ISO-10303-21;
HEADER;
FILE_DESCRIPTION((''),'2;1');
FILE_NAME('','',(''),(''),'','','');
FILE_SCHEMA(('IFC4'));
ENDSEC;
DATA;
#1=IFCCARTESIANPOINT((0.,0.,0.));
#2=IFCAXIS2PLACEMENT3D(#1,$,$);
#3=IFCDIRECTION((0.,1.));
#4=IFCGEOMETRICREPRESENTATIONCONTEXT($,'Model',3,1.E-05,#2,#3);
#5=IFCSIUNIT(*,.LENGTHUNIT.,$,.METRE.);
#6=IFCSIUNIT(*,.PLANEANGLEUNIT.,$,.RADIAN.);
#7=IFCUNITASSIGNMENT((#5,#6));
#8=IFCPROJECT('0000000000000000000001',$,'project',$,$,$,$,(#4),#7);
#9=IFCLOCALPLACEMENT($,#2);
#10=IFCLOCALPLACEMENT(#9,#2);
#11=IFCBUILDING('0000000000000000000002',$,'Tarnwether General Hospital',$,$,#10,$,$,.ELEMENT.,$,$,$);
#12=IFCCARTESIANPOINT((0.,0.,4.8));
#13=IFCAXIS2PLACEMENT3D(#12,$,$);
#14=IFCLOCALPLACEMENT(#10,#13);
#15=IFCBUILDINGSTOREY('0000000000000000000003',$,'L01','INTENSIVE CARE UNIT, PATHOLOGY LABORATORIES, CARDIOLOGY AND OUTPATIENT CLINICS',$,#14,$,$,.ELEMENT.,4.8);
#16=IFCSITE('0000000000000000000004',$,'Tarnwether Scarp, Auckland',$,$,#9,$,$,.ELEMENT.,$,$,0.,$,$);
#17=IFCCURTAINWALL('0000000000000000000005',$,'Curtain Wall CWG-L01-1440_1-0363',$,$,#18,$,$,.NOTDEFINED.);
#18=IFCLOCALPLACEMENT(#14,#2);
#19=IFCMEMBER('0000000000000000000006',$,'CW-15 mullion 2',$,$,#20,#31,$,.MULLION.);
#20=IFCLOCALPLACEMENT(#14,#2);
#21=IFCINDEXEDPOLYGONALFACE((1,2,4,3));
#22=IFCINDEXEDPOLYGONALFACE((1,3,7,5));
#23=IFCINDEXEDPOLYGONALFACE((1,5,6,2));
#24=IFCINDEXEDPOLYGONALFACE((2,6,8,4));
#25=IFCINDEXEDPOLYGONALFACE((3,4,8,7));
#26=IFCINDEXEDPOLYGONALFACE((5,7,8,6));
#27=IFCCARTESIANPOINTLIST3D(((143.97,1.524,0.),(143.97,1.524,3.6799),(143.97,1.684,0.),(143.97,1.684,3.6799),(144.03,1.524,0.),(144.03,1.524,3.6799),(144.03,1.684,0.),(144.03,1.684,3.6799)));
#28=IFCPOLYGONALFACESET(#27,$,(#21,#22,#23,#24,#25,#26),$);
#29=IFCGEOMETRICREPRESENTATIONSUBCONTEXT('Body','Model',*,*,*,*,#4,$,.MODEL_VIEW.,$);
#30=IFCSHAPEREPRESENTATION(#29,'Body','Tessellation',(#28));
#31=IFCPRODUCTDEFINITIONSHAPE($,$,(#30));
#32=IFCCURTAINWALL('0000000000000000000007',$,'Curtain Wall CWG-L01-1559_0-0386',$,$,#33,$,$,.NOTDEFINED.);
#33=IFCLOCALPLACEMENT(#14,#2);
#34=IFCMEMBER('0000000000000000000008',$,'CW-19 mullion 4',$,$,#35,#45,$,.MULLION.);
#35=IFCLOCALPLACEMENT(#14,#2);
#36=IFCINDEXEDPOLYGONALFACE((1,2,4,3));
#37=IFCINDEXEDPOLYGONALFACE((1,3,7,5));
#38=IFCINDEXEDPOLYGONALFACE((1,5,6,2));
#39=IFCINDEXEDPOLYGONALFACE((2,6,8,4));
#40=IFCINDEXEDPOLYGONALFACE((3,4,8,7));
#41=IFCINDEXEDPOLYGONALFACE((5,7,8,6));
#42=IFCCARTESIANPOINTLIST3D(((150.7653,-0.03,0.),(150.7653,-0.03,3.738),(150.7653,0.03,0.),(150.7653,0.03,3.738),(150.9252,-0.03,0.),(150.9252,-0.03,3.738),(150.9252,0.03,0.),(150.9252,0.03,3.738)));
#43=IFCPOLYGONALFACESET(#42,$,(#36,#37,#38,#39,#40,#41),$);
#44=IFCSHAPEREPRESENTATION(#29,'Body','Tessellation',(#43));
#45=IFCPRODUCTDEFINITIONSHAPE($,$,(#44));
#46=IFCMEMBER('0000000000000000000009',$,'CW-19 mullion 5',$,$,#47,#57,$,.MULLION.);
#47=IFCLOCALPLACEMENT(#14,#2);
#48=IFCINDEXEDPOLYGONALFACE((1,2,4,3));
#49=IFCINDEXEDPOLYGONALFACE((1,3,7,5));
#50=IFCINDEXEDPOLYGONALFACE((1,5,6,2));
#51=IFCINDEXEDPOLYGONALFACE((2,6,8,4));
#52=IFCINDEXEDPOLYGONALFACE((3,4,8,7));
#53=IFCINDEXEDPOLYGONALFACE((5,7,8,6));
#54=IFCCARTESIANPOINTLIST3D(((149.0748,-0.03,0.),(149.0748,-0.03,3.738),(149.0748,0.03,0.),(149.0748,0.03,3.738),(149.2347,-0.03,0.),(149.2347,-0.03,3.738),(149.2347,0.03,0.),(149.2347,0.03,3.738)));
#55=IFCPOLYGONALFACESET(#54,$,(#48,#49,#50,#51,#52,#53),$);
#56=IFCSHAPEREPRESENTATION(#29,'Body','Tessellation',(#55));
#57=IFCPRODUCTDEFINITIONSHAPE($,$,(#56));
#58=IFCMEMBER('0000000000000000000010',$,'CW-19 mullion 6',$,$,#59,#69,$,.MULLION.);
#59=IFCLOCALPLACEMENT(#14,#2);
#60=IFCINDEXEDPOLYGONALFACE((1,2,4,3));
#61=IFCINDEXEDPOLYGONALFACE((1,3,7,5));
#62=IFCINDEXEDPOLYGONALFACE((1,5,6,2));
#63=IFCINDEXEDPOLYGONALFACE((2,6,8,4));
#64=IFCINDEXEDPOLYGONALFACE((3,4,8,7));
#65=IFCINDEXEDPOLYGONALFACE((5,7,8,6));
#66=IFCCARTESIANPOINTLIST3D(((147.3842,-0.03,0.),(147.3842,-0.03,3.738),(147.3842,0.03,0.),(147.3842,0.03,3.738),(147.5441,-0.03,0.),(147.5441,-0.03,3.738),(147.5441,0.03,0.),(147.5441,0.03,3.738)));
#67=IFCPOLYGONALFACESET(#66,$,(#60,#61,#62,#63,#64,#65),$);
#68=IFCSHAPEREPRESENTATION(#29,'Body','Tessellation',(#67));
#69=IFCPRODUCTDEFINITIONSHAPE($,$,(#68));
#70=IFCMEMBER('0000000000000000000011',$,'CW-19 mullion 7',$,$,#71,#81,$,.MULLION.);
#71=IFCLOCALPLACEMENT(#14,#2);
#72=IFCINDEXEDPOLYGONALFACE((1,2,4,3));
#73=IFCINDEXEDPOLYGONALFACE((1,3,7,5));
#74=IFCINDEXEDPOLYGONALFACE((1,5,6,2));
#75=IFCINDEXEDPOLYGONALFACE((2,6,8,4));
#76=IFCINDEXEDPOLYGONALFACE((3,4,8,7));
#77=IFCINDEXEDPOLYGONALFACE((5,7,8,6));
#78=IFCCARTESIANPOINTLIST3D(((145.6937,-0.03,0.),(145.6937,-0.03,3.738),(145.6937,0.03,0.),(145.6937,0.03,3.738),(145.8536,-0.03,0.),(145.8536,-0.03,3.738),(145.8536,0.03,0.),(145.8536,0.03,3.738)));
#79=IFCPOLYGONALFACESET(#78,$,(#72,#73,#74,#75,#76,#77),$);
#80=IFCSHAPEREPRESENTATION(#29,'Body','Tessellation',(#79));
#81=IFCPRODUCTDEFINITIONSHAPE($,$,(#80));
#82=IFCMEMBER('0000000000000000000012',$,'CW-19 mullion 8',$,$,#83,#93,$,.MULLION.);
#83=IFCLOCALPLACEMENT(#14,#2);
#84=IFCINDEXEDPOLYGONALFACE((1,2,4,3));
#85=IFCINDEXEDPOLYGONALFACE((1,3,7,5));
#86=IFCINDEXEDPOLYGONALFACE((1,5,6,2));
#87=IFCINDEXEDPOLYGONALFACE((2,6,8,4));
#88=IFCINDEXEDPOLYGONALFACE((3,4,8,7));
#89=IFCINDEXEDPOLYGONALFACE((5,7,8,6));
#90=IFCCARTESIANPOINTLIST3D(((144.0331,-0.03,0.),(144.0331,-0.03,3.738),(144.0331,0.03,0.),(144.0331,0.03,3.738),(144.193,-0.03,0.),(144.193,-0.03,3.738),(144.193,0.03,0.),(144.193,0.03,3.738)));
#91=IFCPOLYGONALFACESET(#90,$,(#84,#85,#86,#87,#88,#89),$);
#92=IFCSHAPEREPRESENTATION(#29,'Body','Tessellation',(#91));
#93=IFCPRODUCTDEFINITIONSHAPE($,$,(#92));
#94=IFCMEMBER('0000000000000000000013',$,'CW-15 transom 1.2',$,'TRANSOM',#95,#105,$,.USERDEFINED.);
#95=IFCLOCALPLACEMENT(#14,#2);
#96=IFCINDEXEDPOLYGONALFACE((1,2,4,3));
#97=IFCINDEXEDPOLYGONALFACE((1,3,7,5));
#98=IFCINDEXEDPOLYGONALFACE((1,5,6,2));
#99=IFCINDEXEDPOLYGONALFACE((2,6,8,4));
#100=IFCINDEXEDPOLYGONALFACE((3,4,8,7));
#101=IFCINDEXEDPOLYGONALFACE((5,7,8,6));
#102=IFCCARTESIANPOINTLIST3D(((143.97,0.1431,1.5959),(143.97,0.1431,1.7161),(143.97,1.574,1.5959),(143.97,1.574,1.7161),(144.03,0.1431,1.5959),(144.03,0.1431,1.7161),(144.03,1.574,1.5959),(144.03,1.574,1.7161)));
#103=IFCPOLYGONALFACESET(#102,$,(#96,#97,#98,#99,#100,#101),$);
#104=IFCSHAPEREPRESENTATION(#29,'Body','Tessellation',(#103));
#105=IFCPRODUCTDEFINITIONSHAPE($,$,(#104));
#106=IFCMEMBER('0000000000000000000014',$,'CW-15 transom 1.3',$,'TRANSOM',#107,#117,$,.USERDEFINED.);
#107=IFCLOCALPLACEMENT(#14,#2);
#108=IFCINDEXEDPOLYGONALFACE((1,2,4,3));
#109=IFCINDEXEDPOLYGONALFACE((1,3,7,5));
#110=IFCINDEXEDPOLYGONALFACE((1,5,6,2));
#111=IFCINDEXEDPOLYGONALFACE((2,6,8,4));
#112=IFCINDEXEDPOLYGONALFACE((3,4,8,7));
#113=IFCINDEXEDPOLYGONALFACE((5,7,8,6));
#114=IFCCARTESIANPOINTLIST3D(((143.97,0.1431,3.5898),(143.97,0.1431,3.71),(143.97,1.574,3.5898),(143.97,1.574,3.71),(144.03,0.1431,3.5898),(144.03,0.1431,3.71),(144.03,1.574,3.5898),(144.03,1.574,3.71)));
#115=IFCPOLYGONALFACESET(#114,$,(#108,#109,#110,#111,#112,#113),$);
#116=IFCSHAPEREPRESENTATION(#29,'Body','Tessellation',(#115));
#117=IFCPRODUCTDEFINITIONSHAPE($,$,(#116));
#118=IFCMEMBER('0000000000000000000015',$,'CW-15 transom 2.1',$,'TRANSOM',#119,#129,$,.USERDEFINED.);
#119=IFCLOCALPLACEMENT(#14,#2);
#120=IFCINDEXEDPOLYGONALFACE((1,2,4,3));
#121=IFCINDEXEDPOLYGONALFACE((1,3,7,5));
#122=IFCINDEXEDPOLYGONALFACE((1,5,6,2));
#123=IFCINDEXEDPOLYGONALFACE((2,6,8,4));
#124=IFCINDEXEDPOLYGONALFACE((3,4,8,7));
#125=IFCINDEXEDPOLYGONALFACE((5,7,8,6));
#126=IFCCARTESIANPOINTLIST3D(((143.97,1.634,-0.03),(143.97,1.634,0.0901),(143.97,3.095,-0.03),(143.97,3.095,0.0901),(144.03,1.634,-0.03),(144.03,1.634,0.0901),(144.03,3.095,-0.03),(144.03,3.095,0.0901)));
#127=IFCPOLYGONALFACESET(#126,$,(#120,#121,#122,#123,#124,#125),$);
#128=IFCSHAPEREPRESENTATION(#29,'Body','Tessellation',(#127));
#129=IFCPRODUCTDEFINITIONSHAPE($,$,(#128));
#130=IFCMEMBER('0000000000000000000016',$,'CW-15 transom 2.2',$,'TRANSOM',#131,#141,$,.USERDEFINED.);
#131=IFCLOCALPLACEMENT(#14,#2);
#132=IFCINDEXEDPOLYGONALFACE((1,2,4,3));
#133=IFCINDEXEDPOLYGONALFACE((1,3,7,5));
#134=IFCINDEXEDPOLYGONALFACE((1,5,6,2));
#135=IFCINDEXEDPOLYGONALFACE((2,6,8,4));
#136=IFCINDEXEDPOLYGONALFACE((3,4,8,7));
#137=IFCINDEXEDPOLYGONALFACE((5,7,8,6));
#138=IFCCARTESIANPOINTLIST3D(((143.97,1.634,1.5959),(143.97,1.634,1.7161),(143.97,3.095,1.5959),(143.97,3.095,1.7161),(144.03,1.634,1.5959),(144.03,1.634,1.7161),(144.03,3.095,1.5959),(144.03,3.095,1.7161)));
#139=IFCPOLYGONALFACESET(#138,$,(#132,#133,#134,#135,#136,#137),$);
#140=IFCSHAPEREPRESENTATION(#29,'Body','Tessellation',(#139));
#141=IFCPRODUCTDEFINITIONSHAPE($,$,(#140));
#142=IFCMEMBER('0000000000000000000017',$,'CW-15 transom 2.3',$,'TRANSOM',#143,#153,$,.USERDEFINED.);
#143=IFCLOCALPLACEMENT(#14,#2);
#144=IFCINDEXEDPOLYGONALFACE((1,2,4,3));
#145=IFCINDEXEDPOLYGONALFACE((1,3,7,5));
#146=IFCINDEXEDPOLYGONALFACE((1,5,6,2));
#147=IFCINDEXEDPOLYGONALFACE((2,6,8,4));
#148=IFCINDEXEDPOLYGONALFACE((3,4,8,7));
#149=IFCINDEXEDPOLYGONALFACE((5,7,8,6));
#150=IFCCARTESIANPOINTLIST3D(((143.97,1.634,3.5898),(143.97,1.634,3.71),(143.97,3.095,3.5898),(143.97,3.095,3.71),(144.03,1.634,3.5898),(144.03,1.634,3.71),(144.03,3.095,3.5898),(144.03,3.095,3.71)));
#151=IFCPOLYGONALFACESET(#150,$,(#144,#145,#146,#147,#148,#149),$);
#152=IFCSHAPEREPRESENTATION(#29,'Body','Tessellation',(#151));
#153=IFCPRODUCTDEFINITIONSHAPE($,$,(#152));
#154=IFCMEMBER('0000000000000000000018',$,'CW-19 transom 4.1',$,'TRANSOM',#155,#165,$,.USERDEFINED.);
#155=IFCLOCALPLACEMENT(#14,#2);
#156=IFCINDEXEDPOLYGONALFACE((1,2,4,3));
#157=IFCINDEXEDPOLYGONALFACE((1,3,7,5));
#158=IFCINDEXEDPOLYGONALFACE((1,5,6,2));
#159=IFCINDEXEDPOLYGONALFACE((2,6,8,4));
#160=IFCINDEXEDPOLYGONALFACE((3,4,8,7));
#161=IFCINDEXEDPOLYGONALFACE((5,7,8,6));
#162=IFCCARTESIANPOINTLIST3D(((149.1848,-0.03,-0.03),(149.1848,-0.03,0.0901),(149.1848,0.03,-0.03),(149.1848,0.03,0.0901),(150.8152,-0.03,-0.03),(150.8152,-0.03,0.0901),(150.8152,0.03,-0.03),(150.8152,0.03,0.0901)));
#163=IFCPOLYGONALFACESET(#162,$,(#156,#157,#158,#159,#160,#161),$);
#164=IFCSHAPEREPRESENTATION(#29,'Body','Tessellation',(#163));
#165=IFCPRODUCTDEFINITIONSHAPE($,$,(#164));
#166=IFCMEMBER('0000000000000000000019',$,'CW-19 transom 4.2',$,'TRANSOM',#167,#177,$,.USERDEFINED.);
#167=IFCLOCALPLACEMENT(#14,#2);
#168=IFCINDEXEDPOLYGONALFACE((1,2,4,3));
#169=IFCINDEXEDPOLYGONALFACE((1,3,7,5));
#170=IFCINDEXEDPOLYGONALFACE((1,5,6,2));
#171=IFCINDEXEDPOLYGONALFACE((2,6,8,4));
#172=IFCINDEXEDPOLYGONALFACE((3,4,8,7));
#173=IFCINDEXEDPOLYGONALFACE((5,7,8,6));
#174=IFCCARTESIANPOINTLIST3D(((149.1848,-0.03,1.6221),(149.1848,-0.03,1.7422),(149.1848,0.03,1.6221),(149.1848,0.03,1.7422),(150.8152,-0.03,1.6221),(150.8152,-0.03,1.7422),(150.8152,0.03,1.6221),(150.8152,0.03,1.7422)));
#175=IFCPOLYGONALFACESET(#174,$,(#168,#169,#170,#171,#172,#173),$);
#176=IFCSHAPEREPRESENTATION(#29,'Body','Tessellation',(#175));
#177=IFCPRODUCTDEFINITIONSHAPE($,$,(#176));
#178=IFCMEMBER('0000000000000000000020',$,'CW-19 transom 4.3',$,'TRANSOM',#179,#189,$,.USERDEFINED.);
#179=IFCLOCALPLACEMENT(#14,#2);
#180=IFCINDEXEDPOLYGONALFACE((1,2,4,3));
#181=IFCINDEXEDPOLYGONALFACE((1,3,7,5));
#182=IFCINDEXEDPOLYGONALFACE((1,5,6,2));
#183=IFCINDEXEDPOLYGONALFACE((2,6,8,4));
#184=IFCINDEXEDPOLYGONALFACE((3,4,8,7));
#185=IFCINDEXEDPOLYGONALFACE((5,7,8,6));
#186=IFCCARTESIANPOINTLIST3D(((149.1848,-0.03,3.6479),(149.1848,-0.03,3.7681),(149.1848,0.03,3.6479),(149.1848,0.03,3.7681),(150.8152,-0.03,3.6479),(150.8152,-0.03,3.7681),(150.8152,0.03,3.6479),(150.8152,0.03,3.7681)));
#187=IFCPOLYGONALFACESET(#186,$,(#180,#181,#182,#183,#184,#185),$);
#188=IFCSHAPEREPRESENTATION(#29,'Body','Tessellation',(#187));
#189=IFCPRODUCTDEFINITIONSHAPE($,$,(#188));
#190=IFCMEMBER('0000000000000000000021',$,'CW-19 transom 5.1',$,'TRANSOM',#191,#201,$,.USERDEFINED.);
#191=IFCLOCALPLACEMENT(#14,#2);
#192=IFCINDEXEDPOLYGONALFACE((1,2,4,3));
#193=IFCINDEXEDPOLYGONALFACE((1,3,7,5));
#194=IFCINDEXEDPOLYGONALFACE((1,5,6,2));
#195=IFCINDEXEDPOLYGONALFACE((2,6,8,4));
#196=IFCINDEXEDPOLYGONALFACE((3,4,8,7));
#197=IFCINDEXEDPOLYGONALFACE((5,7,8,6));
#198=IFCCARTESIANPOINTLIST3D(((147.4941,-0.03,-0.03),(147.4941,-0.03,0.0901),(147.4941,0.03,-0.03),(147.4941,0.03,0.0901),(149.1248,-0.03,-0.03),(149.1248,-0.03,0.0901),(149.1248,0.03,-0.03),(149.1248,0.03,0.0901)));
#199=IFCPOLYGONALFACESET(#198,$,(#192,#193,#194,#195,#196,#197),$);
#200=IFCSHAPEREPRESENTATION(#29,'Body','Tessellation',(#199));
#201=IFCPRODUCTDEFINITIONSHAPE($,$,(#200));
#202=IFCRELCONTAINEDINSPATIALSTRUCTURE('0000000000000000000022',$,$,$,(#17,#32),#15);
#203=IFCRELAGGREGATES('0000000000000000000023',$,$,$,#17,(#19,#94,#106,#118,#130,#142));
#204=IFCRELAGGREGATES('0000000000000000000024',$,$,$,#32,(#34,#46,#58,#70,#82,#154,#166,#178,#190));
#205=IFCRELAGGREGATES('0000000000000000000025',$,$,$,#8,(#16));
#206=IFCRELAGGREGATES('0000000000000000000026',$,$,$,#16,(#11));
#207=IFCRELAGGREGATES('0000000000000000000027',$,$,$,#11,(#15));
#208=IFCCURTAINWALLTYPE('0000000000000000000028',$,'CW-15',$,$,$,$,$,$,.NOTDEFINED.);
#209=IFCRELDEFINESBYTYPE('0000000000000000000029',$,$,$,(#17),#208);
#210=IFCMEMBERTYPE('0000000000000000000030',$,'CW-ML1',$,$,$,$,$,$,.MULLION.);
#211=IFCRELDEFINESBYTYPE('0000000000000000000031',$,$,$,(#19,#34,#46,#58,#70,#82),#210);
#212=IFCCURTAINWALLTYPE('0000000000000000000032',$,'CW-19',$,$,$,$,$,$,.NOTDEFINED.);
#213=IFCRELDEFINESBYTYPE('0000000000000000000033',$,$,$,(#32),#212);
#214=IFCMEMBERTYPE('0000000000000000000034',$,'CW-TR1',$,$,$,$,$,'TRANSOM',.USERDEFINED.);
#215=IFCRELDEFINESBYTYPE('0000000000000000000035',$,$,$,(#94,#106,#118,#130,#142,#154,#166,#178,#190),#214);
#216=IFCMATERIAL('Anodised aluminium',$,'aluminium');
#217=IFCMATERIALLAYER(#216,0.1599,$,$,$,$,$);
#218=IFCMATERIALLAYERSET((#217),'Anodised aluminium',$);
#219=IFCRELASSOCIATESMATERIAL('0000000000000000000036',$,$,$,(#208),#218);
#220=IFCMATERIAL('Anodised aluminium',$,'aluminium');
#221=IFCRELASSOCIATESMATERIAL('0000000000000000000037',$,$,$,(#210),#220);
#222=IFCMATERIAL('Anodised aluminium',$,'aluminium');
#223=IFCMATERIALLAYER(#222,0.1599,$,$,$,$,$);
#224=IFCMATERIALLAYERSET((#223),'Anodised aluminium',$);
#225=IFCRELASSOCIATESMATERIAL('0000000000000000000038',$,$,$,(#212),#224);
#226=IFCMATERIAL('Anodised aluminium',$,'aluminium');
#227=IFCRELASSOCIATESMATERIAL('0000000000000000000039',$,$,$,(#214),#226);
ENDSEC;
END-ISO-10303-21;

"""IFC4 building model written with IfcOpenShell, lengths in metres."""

from ifc_helpers import new_model, si_unit, direction, frame, origin, origin_2d, place, context, subcontext, project, spatial, rectangle, extrude, material, layer, layer_set, material_profile, profile_set, type_object, element, aggregate, save


model = new_model("IFC4")

# Units and contexts
model_context = context("Model", 3, precision=1e-05, world=origin(), true_north=direction((0.0, 1.0)))
body_context = subcontext(model_context, "Body", "Model", "MODEL_VIEW")
ifc_project = project(units=[si_unit("LENGTHUNIT", "METRE"), si_unit("PLANEANGLEUNIT", "RADIAN")], contexts=[model_context])

# Site, building, storey
site_placement = place(None, origin())
site = spatial("IfcSite", under=ifc_project, at=site_placement, Name="Tarnwether Scarp, Auckland", CompositionType="ELEMENT", RefElevation=0.0)
building_placement = place(site_placement, origin())
building = spatial("IfcBuilding", under=site, at=building_placement, Name="Tarnwether General Hospital", CompositionType="ELEMENT")
storey_placement = place(building_placement, frame((0.0, 0.0, 4.8)))
storey = spatial("IfcBuildingStorey", under=building, at=storey_placement, Name="L01", Description="INTENSIVE CARE UNIT, PATHOLOGY LABORATORIES, CARDIOLOGY AND OUTPATIENT CLINICS", CompositionType="ELEMENT", Elevation=4.8)

# Curtain wall, member
ifc_material_1 = material(Name="Anodised aluminium", Category="aluminium")
ifc_layer_1 = layer(ifc_material_1, 0.1599)
ifc_layer_set_1 = layer_set([ifc_layer_1], Name="Anodised aluminium")
curtain_wall_type_1 = type_object("IfcCurtainWallType", Name="CW-15", PredefinedType="NOTDEFINED", material=ifc_layer_set_1)
curtain_wall_1_placement = place(storey_placement, origin())
curtain_wall_1 = element("IfcCurtainWall", 1, at=curtain_wall_1_placement, inside=storey, type_object=curtain_wall_type_1, Name="Curtain Wall CWG-L01-1440_1-0363", PredefinedType="NOTDEFINED")
ifc_material_2 = material(Name="Anodised aluminium", Category="aluminium")
ifc_material_profile_1 = material_profile(ifc_material_2, rectangle(XDim=0.0601, YDim=0.1599, at=origin_2d()), Name="ALU-MUL-60x160")
ifc_profile_set_1 = profile_set([ifc_material_profile_1], Name="Anodised aluminium")
member_type_1 = type_object("IfcMemberType", Name="CW-ML1", PredefinedType="MULLION", material=ifc_profile_set_1)
member_1_placement = place(storey_placement, frame((144.0, 1.604, 0.0), z_axis=(0.0, 0.0, 1.0), x_axis=(-1.0, 0.0, 0.0)))
member_1 = element("IfcMember", 2, at=member_1_placement, type_object=member_type_1, Name="CW-15 mullion 2", PredefinedType="MULLION", context=body_context, shape_type="SweptSolid", body=[
    extrude(rectangle(XDim=0.0601, YDim=0.1599, at=origin_2d()), origin(), (0.0, 0.0, 1.0), 3.6799),
])

# Curtain wall, members
ifc_material_3 = material(Name="Anodised aluminium", Category="aluminium")
ifc_layer_2 = layer(ifc_material_3, 0.1599)
ifc_layer_set_2 = layer_set([ifc_layer_2], Name="Anodised aluminium")
curtain_wall_type_2 = type_object("IfcCurtainWallType", Name="CW-19", PredefinedType="NOTDEFINED", material=ifc_layer_set_2)
curtain_wall_2_placement = place(storey_placement, origin())
curtain_wall_2 = element("IfcCurtainWall", 3, at=curtain_wall_2_placement, inside=storey, type_object=curtain_wall_type_2, Name="Curtain Wall CWG-L01-1559_0-0386", PredefinedType="NOTDEFINED")
member_2_placement = place(storey_placement, frame((150.8452, 0.0, 0.0), z_axis=(0.0, 0.0, 1.0), x_axis=(0.0, -1.0, 0.0)))
member_2 = element("IfcMember", 4, at=member_2_placement, type_object=member_type_1, Name="CW-19 mullion 4", PredefinedType="MULLION", context=body_context, shape_type="SweptSolid", body=[
    extrude(rectangle(XDim=0.0601, YDim=0.1599, at=origin_2d()), origin(), (0.0, 0.0, 1.0), 3.738),
])
member_3_placement = place(storey_placement, frame((149.1548, 0.0, 0.0), z_axis=(0.0, 0.0, 1.0), x_axis=(0.0, -1.0, 0.0)))
member_3 = element("IfcMember", 5, at=member_3_placement, type_object=member_type_1, Name="CW-19 mullion 5", PredefinedType="MULLION", context=body_context, shape_type="SweptSolid", body=[
    extrude(rectangle(XDim=0.0601, YDim=0.1599, at=origin_2d()), origin(), (0.0, 0.0, 1.0), 3.738),
])
member_4_placement = place(storey_placement, frame((147.4641, 0.0, 0.0), z_axis=(0.0, 0.0, 1.0), x_axis=(0.0, -1.0, 0.0)))
member_4 = element("IfcMember", 6, at=member_4_placement, type_object=member_type_1, Name="CW-19 mullion 6", PredefinedType="MULLION", context=body_context, shape_type="SweptSolid", body=[
    extrude(rectangle(XDim=0.0601, YDim=0.1599, at=origin_2d()), origin(), (0.0, 0.0, 1.0), 3.738),
])
member_5_placement = place(storey_placement, frame((145.7737, 0.0, 0.0), z_axis=(0.0, 0.0, 1.0), x_axis=(0.0, -1.0, 0.0)))
member_5 = element("IfcMember", 7, at=member_5_placement, type_object=member_type_1, Name="CW-19 mullion 7", PredefinedType="MULLION", context=body_context, shape_type="SweptSolid", body=[
    extrude(rectangle(XDim=0.0601, YDim=0.1599, at=origin_2d()), origin(), (0.0, 0.0, 1.0), 3.738),
])
member_6_placement = place(storey_placement, frame((144.113, 0.0, 0.0), z_axis=(0.0, 0.0, 1.0), x_axis=(0.0, -1.0, 0.0)))
member_6 = element("IfcMember", 8, at=member_6_placement, type_object=member_type_1, Name="CW-19 mullion 8", PredefinedType="MULLION", context=body_context, shape_type="SweptSolid", body=[
    extrude(rectangle(XDim=0.0601, YDim=0.1599, at=origin_2d()), origin(), (0.0, 0.0, 1.0), 3.738),
])

# Members
ifc_material_4 = material(Name="Anodised aluminium", Category="aluminium")
ifc_material_profile_2 = material_profile(ifc_material_4, rectangle(XDim=0.0601, YDim=0.1201, at=origin_2d()), Name="ALU-TRN-60x120")
ifc_profile_set_2 = profile_set([ifc_material_profile_2], Name="Anodised aluminium")
member_type_2 = type_object("IfcMemberType", Name="CW-TR1", ElementType="TRANSOM", PredefinedType="USERDEFINED", material=ifc_profile_set_2)
member_7_placement = place(storey_placement, frame((144.0, 0.1431, 1.656), z_axis=(0.0, 1.0, 0.0), x_axis=(-1.0, 0.0, 0.0)))
member_7 = element("IfcMember", 9, at=member_7_placement, type_object=member_type_2, Name="CW-15 transom 1.2", ObjectType="TRANSOM", PredefinedType="USERDEFINED", context=body_context, shape_type="SweptSolid", body=[
    extrude(rectangle(XDim=0.0601, YDim=0.1201, at=origin_2d()), origin(), (0.0, 0.0, 1.0), 1.4309),
])
member_8_placement = place(storey_placement, frame((144.0, 0.1431, 3.6499), z_axis=(0.0, 1.0, 0.0), x_axis=(-1.0, 0.0, 0.0)))
member_8 = element("IfcMember", 10, at=member_8_placement, type_object=member_type_2, Name="CW-15 transom 1.3", ObjectType="TRANSOM", PredefinedType="USERDEFINED", context=body_context, shape_type="SweptSolid", body=[
    extrude(rectangle(XDim=0.0601, YDim=0.1201, at=origin_2d()), origin(), (0.0, 0.0, 1.0), 1.4309),
])
member_9_placement = place(storey_placement, frame((144.0, 1.634, 0.03), z_axis=(0.0, 1.0, 0.0), x_axis=(-1.0, 0.0, 0.0)))
member_9 = element("IfcMember", 11, at=member_9_placement, type_object=member_type_2, Name="CW-15 transom 2.1", ObjectType="TRANSOM", PredefinedType="USERDEFINED", context=body_context, shape_type="SweptSolid", body=[
    extrude(rectangle(XDim=0.0601, YDim=0.1201, at=origin_2d()), origin(), (0.0, 0.0, 1.0), 1.4609),
])
member_10_placement = place(storey_placement, frame((144.0, 1.634, 1.656), z_axis=(0.0, 1.0, 0.0), x_axis=(-1.0, 0.0, 0.0)))
member_10 = element("IfcMember", 12, at=member_10_placement, type_object=member_type_2, Name="CW-15 transom 2.2", ObjectType="TRANSOM", PredefinedType="USERDEFINED", context=body_context, shape_type="SweptSolid", body=[
    extrude(rectangle(XDim=0.0601, YDim=0.1201, at=origin_2d()), origin(), (0.0, 0.0, 1.0), 1.4609),
])
member_11_placement = place(storey_placement, frame((144.0, 1.634, 3.6499), z_axis=(0.0, 1.0, 0.0), x_axis=(-1.0, 0.0, 0.0)))
member_11 = element("IfcMember", 13, at=member_11_placement, type_object=member_type_2, Name="CW-15 transom 2.3", ObjectType="TRANSOM", PredefinedType="USERDEFINED", context=body_context, shape_type="SweptSolid", body=[
    extrude(rectangle(XDim=0.0601, YDim=0.1201, at=origin_2d()), origin(), (0.0, 0.0, 1.0), 1.4609),
])
member_12_placement = place(storey_placement, frame((150.8152, 0.0, 0.03), z_axis=(-1.0, 0.0, 0.0), x_axis=(0.0, -1.0, 0.0)))
member_12 = element("IfcMember", 14, at=member_12_placement, type_object=member_type_2, Name="CW-19 transom 4.1", ObjectType="TRANSOM", PredefinedType="USERDEFINED", context=body_context, shape_type="SweptSolid", body=[
    extrude(rectangle(XDim=0.0601, YDim=0.1201, at=origin_2d()), origin(), (0.0, 0.0, 1.0), 1.6304),
])
member_13_placement = place(storey_placement, frame((150.8152, 0.0, 1.6821), z_axis=(-1.0, 0.0, 0.0), x_axis=(0.0, -1.0, 0.0)))
member_13 = element("IfcMember", 15, at=member_13_placement, type_object=member_type_2, Name="CW-19 transom 4.2", ObjectType="TRANSOM", PredefinedType="USERDEFINED", context=body_context, shape_type="SweptSolid", body=[
    extrude(rectangle(XDim=0.0601, YDim=0.1201, at=origin_2d()), origin(), (0.0, 0.0, 1.0), 1.6304),
])
member_14_placement = place(storey_placement, frame((150.8152, 0.0, 3.708), z_axis=(-1.0, 0.0, 0.0), x_axis=(0.0, -1.0, 0.0)))
member_14 = element("IfcMember", 16, at=member_14_placement, type_object=member_type_2, Name="CW-19 transom 4.3", ObjectType="TRANSOM", PredefinedType="USERDEFINED", context=body_context, shape_type="SweptSolid", body=[
    extrude(rectangle(XDim=0.0601, YDim=0.1201, at=origin_2d()), origin(), (0.0, 0.0, 1.0), 1.6304),
])
member_15_placement = place(storey_placement, frame((149.1248, 0.0, 0.03), z_axis=(-1.0, 0.0, 0.0), x_axis=(0.0, -1.0, 0.0)))
member_15 = element("IfcMember", 17, at=member_15_placement, type_object=member_type_2, Name="CW-19 transom 5.1", ObjectType="TRANSOM", PredefinedType="USERDEFINED", context=body_context, shape_type="SweptSolid", body=[
    extrude(rectangle(XDim=0.0601, YDim=0.1201, at=origin_2d()), origin(), (0.0, 0.0, 1.0), 1.6306),
])

aggregate(curtain_wall_1, [member_1, member_7, member_8, member_9, member_10, member_11])
aggregate(curtain_wall_2, [member_2, member_3, member_4, member_5, member_6, member_12, member_13, member_14, member_15])

save(model, "model.ifc")
